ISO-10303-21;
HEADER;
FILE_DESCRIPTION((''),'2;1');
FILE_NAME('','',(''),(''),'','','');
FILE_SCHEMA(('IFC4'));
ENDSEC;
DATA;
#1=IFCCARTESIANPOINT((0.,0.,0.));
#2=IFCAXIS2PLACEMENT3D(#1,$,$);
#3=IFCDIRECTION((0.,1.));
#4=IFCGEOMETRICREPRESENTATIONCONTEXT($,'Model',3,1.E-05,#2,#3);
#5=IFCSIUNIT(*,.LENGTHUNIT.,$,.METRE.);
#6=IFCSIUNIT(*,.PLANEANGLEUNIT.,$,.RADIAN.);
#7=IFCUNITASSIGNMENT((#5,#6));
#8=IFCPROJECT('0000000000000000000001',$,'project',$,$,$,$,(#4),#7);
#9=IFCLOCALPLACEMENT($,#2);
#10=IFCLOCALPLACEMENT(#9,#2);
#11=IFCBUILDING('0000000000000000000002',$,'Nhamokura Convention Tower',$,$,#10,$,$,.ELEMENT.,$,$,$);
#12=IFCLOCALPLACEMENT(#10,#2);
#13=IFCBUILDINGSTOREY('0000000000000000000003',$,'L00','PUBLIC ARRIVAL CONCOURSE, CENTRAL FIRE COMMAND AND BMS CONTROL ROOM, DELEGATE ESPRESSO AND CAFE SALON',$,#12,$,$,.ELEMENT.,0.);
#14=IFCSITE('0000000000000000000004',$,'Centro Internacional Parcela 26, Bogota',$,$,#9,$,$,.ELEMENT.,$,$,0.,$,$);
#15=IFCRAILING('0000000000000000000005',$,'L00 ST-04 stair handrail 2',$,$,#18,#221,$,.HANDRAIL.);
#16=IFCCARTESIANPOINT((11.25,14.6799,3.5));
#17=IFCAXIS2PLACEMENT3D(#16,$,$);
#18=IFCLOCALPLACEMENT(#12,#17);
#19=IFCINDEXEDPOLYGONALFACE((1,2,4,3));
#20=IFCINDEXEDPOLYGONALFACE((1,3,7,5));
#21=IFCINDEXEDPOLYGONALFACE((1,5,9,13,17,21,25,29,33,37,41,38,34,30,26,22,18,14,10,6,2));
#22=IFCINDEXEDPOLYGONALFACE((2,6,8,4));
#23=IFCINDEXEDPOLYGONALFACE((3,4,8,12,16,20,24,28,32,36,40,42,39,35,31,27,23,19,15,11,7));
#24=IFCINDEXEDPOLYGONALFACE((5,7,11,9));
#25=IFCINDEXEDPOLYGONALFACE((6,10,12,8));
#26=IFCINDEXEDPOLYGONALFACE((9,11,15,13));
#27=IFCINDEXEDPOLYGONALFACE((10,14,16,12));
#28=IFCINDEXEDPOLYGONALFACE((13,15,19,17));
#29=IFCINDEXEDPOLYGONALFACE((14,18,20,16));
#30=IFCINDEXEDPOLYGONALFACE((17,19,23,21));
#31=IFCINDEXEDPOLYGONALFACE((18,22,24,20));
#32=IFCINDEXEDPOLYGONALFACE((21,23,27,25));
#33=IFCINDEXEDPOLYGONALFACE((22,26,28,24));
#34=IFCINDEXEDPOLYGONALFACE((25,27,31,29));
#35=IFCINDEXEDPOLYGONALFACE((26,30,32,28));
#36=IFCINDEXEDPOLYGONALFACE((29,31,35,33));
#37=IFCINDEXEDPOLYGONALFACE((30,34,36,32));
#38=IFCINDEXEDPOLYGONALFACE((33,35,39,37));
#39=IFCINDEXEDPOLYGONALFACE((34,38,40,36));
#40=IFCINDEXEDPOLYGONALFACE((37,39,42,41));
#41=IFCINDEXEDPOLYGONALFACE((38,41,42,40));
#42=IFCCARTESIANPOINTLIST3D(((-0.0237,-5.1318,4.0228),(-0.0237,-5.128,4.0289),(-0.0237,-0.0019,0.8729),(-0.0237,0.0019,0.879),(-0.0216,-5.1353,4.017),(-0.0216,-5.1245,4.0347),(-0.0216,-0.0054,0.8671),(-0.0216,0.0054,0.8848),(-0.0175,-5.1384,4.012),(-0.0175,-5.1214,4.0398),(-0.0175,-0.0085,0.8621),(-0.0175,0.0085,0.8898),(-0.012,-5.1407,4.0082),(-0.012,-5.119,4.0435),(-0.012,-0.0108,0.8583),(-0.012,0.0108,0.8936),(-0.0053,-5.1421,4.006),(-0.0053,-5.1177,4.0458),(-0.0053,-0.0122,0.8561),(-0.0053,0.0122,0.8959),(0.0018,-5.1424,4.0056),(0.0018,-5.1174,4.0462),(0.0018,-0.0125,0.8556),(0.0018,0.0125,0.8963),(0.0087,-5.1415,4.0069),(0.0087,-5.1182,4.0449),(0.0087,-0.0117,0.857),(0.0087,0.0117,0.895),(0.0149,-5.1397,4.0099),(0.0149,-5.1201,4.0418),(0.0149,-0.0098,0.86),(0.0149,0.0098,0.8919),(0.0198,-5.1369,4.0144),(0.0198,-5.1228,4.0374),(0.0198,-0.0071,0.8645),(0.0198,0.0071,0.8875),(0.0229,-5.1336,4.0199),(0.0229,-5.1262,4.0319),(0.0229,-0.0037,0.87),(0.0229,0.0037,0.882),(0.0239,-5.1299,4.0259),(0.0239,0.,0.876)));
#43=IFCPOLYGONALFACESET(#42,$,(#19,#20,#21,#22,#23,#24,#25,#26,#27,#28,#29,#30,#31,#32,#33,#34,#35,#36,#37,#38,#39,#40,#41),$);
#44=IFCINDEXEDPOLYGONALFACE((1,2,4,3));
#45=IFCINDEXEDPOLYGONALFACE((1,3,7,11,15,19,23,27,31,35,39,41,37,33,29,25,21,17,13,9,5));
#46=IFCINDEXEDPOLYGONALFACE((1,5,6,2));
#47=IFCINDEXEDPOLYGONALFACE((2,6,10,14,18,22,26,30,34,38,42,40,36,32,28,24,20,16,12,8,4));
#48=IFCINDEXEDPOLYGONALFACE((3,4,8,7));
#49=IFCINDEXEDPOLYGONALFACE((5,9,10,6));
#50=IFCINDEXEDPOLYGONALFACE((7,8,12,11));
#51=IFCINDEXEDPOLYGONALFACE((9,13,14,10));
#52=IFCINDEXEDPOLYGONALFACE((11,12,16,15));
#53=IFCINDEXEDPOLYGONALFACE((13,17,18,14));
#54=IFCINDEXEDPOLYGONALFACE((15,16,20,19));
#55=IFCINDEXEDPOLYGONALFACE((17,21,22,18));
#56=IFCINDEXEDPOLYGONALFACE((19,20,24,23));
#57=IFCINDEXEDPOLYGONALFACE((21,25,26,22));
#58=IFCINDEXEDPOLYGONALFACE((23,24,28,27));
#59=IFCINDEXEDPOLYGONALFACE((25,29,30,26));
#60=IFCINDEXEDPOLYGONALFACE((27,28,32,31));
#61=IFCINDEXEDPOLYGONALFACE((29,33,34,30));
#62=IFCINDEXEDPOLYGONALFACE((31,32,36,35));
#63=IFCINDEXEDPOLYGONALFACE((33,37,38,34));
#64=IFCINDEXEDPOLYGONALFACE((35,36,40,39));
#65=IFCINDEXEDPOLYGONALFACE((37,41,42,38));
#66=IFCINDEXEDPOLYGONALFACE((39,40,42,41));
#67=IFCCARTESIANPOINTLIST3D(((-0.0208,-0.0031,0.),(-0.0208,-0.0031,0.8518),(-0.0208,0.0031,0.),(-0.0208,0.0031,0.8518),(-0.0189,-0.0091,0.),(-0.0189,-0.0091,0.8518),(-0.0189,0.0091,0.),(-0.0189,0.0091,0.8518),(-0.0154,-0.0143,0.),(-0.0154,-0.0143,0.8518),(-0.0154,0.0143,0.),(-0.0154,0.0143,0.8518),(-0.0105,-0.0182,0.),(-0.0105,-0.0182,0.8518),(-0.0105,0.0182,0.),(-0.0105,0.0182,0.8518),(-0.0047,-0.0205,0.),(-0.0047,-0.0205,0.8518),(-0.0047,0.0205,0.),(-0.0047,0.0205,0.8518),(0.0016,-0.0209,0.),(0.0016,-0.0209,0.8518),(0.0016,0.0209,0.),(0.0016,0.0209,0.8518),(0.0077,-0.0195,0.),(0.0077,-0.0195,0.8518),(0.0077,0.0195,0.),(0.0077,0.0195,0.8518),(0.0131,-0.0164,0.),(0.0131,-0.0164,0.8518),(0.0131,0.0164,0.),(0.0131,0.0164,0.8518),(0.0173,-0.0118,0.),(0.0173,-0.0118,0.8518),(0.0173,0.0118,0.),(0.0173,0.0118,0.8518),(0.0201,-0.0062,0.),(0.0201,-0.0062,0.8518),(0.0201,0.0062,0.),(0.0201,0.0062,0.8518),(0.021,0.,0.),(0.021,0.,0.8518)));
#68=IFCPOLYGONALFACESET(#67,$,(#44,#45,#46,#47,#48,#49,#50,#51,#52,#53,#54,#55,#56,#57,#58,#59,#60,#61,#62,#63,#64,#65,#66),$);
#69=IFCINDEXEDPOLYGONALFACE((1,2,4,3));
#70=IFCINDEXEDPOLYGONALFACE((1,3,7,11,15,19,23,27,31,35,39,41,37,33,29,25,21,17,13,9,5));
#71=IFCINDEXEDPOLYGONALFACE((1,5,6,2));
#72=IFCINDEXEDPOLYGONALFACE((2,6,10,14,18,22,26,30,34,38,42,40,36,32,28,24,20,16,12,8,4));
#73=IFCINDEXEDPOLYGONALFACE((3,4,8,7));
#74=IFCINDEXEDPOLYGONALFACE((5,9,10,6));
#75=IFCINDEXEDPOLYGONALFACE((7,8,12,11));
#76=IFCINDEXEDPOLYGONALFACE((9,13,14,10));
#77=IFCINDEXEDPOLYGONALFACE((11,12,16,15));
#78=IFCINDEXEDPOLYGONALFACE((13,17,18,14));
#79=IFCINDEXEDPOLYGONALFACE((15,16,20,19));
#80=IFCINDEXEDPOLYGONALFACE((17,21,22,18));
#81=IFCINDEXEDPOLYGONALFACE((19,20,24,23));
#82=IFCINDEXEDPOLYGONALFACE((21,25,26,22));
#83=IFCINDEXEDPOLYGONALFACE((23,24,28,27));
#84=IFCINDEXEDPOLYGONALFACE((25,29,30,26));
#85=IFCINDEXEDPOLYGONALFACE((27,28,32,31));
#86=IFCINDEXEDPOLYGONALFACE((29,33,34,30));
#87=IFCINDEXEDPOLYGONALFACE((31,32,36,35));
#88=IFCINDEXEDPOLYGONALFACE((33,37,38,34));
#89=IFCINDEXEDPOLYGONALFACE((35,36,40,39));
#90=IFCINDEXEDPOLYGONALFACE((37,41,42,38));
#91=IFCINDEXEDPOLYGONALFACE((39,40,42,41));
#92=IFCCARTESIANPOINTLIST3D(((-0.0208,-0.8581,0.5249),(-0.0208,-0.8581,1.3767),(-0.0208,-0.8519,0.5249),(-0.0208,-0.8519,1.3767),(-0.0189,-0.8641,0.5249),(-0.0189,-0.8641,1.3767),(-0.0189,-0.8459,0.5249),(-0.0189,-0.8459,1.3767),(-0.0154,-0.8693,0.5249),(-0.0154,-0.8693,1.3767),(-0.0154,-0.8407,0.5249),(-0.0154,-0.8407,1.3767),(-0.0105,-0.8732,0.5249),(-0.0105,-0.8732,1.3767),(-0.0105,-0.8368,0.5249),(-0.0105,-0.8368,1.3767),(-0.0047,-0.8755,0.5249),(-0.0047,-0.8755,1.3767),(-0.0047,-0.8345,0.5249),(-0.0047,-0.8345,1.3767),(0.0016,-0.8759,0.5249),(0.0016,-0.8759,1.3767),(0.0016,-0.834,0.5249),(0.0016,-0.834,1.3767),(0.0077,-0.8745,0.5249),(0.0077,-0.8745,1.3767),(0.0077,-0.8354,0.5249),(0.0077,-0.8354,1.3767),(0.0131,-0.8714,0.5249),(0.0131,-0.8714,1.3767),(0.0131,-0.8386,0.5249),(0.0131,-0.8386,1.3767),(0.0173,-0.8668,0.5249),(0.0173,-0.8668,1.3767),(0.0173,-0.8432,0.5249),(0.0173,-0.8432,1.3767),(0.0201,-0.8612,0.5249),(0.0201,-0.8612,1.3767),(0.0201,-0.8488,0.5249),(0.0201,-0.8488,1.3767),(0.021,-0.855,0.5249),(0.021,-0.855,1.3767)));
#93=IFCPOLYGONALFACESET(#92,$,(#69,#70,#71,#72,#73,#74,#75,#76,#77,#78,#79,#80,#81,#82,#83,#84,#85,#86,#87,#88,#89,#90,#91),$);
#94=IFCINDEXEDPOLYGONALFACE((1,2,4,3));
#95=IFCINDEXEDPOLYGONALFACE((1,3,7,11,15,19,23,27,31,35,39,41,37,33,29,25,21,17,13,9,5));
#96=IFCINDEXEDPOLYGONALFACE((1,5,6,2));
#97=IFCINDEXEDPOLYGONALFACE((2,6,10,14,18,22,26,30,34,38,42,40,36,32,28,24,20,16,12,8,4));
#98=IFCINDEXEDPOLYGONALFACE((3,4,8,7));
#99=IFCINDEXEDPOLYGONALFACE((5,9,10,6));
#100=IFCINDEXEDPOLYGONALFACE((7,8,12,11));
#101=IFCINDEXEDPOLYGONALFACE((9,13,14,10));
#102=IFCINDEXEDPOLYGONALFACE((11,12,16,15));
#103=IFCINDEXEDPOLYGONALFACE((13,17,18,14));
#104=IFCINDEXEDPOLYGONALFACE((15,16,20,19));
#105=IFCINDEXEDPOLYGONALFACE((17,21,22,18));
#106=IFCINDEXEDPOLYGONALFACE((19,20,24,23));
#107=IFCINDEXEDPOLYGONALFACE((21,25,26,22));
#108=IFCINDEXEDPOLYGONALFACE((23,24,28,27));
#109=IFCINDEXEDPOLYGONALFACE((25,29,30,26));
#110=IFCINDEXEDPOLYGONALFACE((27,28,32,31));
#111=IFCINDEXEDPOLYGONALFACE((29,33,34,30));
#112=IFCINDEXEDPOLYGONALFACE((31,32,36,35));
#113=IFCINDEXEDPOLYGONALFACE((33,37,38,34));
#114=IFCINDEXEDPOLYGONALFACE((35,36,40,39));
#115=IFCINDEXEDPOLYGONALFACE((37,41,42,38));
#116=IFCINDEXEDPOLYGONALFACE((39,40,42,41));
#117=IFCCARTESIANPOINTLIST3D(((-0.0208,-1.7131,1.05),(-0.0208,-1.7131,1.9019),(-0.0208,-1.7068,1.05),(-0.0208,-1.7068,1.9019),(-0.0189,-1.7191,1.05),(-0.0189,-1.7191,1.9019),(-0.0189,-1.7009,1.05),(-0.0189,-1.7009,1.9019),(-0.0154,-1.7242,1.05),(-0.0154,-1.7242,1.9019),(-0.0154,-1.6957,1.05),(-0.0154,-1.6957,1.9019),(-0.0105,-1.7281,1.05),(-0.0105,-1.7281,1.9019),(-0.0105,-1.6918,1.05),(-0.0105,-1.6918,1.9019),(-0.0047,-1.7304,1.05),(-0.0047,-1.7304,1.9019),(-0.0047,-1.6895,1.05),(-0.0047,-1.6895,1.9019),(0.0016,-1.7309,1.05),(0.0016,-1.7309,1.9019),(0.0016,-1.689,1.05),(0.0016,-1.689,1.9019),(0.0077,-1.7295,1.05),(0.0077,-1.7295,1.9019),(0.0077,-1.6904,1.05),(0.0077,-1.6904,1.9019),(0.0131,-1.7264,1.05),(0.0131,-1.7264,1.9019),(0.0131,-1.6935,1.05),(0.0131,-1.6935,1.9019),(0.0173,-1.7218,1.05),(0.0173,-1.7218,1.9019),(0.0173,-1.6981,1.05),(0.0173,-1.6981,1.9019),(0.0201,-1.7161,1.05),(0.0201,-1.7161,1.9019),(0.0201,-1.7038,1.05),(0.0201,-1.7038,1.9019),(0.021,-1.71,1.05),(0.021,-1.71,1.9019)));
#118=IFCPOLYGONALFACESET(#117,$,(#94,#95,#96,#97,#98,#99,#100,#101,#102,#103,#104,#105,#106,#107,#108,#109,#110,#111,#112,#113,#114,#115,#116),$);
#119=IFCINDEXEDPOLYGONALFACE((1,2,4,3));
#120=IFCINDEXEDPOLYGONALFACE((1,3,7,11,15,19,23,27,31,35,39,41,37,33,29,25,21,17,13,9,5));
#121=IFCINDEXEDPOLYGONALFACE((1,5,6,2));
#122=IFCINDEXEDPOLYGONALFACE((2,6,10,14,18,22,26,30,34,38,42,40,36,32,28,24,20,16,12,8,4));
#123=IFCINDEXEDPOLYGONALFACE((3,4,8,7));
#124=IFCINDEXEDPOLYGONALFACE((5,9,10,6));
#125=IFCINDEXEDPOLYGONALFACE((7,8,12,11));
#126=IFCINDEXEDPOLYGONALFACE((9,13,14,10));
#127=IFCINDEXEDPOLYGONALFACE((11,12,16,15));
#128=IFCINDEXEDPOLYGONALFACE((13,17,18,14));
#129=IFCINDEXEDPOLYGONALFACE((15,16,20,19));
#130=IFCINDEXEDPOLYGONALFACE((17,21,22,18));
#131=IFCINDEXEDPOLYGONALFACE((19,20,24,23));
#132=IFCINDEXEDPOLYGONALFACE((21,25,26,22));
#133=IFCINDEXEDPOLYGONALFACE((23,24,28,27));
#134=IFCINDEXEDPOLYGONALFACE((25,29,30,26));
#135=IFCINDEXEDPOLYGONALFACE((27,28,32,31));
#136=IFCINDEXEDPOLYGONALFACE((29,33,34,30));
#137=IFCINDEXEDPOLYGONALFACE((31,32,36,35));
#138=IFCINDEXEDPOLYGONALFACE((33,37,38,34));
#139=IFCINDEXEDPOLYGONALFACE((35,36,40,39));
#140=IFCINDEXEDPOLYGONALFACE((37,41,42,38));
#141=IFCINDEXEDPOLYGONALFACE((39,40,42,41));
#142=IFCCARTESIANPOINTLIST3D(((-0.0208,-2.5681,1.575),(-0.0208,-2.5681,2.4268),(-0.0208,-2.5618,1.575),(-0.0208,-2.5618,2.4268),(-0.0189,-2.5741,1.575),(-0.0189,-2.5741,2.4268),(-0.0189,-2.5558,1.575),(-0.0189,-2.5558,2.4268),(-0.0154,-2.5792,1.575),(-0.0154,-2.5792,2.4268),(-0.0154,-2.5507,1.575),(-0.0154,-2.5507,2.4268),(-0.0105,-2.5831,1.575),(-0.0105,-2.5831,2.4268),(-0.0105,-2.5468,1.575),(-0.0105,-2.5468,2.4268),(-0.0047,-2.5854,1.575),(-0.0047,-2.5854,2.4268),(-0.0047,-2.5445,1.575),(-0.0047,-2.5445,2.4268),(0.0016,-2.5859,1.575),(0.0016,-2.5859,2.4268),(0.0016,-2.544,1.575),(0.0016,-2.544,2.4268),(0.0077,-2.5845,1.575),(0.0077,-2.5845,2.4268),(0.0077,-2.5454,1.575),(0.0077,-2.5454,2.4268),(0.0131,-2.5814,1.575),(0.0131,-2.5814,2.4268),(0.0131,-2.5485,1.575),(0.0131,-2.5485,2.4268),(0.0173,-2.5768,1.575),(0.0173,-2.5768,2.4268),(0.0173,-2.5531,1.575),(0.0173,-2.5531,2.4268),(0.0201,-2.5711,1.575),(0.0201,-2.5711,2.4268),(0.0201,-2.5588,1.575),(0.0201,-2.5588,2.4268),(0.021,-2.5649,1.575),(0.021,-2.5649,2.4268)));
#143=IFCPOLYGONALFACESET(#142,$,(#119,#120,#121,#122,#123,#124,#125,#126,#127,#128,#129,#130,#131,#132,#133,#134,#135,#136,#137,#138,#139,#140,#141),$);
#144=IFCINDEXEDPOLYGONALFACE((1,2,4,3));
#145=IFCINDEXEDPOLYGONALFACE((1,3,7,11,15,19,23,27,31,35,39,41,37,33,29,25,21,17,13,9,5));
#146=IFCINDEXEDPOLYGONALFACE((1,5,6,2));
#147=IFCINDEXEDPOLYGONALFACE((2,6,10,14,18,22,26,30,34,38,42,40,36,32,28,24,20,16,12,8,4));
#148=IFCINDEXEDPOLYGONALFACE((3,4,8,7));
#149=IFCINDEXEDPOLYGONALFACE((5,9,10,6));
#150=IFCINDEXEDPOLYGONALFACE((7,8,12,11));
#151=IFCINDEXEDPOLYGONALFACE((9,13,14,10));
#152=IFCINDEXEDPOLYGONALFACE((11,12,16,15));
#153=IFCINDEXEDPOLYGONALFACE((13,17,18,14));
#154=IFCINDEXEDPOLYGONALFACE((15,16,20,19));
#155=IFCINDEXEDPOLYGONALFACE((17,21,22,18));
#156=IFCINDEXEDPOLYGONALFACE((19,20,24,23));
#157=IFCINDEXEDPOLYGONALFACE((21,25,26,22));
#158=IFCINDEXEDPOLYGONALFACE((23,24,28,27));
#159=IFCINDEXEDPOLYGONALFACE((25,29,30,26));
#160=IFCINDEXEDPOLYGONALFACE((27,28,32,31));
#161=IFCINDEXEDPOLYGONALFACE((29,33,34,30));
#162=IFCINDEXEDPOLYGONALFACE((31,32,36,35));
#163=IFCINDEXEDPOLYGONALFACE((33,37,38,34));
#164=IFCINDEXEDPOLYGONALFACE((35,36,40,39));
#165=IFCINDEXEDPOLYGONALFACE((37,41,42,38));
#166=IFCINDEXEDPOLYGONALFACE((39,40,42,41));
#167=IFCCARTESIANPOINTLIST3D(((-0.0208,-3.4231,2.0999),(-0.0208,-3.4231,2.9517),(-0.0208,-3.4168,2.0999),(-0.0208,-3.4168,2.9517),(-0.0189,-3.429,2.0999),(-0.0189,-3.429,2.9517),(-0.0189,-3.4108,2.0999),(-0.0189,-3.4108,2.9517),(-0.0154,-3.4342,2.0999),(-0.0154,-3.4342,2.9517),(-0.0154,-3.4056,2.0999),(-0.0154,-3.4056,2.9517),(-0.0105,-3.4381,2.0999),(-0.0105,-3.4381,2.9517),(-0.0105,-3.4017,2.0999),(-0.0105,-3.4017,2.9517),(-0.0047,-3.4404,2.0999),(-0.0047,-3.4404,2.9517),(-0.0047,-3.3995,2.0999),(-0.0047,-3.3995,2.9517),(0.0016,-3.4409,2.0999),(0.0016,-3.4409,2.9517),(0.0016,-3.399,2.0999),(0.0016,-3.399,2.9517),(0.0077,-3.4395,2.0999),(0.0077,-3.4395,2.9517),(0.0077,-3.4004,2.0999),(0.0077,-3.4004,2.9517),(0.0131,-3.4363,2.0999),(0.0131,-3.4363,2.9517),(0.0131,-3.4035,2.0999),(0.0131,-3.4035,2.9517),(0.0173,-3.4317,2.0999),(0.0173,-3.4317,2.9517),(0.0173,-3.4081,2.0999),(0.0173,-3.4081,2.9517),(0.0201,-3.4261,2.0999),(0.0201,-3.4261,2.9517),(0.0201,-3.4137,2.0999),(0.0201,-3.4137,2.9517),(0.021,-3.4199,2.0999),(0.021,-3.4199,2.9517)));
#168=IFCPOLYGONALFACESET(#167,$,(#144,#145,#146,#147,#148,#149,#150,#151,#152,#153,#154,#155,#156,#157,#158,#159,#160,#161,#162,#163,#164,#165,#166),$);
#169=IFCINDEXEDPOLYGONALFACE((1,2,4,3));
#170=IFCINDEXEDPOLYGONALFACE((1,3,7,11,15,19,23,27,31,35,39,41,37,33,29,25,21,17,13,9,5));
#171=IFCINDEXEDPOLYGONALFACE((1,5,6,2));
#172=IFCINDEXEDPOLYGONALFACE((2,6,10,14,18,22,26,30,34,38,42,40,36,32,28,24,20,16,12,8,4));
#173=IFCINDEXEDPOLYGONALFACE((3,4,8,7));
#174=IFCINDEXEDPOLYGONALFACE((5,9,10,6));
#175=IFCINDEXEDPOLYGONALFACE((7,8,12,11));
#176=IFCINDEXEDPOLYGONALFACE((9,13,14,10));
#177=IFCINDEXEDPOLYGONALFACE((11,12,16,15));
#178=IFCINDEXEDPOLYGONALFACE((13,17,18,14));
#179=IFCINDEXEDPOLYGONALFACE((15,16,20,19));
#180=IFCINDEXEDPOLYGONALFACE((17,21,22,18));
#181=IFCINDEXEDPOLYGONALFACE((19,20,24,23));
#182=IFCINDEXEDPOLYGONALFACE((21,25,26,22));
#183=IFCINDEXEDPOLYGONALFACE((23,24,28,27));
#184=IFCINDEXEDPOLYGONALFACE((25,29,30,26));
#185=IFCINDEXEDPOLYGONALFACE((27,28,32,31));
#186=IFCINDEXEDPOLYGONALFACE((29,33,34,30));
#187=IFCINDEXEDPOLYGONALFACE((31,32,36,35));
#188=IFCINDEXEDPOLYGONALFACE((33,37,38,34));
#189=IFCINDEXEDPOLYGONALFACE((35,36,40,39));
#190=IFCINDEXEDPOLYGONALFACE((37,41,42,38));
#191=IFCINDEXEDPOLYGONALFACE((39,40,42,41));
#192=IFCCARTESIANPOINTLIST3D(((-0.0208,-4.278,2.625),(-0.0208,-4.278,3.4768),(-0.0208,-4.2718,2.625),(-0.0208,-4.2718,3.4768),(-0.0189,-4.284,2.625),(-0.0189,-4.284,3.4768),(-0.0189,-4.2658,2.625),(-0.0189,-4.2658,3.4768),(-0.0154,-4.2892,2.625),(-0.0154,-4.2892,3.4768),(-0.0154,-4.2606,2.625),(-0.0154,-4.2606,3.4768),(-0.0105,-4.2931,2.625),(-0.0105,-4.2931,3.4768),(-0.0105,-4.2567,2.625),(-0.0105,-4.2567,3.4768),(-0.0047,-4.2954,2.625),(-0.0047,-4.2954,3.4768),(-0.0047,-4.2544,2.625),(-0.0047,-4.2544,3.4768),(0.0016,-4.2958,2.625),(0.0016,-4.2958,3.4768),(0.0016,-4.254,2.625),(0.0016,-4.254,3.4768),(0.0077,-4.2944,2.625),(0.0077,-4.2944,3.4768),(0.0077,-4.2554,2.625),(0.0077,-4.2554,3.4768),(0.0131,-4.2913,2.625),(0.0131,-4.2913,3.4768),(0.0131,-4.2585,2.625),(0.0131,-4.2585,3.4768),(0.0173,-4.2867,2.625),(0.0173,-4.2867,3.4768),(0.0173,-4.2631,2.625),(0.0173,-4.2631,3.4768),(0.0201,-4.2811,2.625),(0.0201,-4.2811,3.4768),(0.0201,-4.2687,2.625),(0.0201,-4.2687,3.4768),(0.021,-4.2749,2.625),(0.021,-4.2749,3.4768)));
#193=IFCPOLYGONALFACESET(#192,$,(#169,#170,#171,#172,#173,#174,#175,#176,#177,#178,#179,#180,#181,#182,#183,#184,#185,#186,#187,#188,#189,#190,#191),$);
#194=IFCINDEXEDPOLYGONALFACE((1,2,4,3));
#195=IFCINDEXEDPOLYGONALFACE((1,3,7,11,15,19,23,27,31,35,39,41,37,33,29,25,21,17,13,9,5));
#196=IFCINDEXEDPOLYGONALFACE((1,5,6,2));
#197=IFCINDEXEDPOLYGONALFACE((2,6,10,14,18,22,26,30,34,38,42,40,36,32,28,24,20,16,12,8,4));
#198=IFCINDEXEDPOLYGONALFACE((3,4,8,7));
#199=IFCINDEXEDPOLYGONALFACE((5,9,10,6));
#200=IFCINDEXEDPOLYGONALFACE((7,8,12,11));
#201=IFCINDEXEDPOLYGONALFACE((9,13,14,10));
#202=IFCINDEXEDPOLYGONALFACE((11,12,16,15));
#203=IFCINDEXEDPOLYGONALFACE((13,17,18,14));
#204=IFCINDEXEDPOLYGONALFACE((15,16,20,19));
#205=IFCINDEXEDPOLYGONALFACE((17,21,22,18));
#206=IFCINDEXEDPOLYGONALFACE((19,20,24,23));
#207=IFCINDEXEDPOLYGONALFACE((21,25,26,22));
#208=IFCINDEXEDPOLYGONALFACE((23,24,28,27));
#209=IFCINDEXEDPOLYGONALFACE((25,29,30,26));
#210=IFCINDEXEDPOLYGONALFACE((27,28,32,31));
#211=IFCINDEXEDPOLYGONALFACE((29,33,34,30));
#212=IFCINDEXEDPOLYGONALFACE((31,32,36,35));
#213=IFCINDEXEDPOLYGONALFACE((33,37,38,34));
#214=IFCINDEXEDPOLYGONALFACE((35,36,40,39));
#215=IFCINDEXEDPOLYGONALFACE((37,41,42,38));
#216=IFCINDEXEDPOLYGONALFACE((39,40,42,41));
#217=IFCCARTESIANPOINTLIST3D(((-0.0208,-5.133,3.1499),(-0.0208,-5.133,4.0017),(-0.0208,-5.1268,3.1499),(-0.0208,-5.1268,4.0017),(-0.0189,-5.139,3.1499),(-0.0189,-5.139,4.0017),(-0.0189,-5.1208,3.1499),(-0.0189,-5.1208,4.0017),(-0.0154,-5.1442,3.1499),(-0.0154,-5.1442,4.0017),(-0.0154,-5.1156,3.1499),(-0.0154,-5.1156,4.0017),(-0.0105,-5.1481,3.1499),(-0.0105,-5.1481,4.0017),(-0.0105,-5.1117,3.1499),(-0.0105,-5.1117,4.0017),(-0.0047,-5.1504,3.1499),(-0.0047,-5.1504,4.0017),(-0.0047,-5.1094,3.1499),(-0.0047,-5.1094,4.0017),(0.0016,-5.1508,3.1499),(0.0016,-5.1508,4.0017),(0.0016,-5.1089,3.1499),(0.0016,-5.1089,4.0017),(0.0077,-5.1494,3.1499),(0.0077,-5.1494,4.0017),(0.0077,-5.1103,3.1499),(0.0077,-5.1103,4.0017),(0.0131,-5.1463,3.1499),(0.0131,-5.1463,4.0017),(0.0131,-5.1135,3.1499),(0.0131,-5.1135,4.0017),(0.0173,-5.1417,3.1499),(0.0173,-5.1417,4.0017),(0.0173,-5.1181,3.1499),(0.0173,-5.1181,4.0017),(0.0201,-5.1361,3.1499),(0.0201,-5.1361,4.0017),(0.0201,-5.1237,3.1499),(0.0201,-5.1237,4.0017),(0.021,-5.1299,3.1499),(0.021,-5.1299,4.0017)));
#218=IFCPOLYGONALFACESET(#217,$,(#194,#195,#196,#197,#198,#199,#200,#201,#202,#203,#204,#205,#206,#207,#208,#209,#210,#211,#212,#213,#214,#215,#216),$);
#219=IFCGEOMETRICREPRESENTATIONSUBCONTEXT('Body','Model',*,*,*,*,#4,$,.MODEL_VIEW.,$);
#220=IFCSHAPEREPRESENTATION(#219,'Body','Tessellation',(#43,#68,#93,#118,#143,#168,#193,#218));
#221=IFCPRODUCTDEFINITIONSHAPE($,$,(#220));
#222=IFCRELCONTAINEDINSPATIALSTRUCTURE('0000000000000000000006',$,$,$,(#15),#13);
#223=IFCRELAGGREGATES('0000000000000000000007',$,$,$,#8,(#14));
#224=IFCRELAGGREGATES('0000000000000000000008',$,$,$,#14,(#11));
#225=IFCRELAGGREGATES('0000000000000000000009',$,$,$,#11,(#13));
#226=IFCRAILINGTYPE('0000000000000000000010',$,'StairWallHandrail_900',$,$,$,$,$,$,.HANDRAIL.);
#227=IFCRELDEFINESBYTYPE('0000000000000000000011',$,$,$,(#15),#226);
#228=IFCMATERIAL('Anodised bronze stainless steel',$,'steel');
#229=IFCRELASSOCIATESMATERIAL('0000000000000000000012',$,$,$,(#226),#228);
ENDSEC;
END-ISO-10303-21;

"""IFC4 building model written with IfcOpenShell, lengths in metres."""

from ifc_helpers import new_model, si_unit, direction, frame, origin, origin_2d, place, context, subcontext, project, spatial, circle, extrude, material, type_object, element, save


model = new_model("IFC4")

# Units and contexts
model_context = context("Model", 3, precision=1e-05, world=origin(), true_north=direction((0.0, 1.0)))
body_context = subcontext(model_context, "Body", "Model", "MODEL_VIEW")
ifc_project = project(units=[si_unit("LENGTHUNIT", "METRE"), si_unit("PLANEANGLEUNIT", "RADIAN")], contexts=[model_context])

# Site, building, storey
site_placement = place(None, origin())
site = spatial("IfcSite", under=ifc_project, at=site_placement, Name="Centro Internacional Parcela 26, Bogota", CompositionType="ELEMENT", RefElevation=0.0)
building_placement = place(site_placement, origin())
building = spatial("IfcBuilding", under=site, at=building_placement, Name="Nhamokura Convention Tower", CompositionType="ELEMENT")
storey_placement = place(building_placement, origin())
storey = spatial("IfcBuildingStorey", under=building, at=storey_placement, Name="L00", Description="PUBLIC ARRIVAL CONCOURSE, CENTRAL FIRE COMMAND AND BMS CONTROL ROOM, DELEGATE ESPRESSO AND CAFE SALON", CompositionType="ELEMENT", Elevation=0.0)

# Railing
ifc_material_1 = material(Name="Anodised bronze stainless steel", Category="steel")
railing_type_1 = type_object("IfcRailingType", Name="StairWallHandrail_900", PredefinedType="HANDRAIL", material=ifc_material_1)
railing_1_placement = place(storey_placement, frame((11.25, 14.6799, 3.5)))
element("IfcRailing", 1, at=railing_1_placement, inside=storey, type_object=railing_type_1, Name="L00 ST-04 stair handrail 2", PredefinedType="HANDRAIL", context=body_context, shape_type="SweptSolid", body=[
    extrude(circle(Radius=0.0239, at=origin_2d()), frame((0.0, 0.0, 0.876), z_axis=(0.0, -0.852173, 0.52326), x_axis=(1.0, 0.0, 0.0)), (0.0, 0.0, 1.0), 6.0198),
    extrude(circle(Radius=0.021, at=origin_2d()), origin(), (0.0, 0.0, 1.0), 0.8518),
    extrude(circle(Radius=0.021, at=origin_2d()), frame((0.0, -0.855, 0.5249)), (0.0, 0.0, 1.0), 0.8518),
    extrude(circle(Radius=0.021, at=origin_2d()), frame((0.0, -1.71, 1.05)), (0.0, 0.0, 1.0), 0.8518),
    extrude(circle(Radius=0.021, at=origin_2d()), frame((0.0, -2.5649, 1.575)), (0.0, 0.0, 1.0), 0.8518),
    extrude(circle(Radius=0.021, at=origin_2d()), frame((0.0, -3.4199, 2.0999)), (0.0, 0.0, 1.0), 0.8518),
    extrude(circle(Radius=0.021, at=origin_2d()), frame((0.0, -4.2749, 2.625)), (0.0, 0.0, 1.0), 0.8518),
    extrude(circle(Radius=0.021, at=origin_2d()), frame((0.0, -5.1299, 3.1499)), (0.0, 0.0, 1.0), 0.8518),
])

save(model, "model.ifc")
